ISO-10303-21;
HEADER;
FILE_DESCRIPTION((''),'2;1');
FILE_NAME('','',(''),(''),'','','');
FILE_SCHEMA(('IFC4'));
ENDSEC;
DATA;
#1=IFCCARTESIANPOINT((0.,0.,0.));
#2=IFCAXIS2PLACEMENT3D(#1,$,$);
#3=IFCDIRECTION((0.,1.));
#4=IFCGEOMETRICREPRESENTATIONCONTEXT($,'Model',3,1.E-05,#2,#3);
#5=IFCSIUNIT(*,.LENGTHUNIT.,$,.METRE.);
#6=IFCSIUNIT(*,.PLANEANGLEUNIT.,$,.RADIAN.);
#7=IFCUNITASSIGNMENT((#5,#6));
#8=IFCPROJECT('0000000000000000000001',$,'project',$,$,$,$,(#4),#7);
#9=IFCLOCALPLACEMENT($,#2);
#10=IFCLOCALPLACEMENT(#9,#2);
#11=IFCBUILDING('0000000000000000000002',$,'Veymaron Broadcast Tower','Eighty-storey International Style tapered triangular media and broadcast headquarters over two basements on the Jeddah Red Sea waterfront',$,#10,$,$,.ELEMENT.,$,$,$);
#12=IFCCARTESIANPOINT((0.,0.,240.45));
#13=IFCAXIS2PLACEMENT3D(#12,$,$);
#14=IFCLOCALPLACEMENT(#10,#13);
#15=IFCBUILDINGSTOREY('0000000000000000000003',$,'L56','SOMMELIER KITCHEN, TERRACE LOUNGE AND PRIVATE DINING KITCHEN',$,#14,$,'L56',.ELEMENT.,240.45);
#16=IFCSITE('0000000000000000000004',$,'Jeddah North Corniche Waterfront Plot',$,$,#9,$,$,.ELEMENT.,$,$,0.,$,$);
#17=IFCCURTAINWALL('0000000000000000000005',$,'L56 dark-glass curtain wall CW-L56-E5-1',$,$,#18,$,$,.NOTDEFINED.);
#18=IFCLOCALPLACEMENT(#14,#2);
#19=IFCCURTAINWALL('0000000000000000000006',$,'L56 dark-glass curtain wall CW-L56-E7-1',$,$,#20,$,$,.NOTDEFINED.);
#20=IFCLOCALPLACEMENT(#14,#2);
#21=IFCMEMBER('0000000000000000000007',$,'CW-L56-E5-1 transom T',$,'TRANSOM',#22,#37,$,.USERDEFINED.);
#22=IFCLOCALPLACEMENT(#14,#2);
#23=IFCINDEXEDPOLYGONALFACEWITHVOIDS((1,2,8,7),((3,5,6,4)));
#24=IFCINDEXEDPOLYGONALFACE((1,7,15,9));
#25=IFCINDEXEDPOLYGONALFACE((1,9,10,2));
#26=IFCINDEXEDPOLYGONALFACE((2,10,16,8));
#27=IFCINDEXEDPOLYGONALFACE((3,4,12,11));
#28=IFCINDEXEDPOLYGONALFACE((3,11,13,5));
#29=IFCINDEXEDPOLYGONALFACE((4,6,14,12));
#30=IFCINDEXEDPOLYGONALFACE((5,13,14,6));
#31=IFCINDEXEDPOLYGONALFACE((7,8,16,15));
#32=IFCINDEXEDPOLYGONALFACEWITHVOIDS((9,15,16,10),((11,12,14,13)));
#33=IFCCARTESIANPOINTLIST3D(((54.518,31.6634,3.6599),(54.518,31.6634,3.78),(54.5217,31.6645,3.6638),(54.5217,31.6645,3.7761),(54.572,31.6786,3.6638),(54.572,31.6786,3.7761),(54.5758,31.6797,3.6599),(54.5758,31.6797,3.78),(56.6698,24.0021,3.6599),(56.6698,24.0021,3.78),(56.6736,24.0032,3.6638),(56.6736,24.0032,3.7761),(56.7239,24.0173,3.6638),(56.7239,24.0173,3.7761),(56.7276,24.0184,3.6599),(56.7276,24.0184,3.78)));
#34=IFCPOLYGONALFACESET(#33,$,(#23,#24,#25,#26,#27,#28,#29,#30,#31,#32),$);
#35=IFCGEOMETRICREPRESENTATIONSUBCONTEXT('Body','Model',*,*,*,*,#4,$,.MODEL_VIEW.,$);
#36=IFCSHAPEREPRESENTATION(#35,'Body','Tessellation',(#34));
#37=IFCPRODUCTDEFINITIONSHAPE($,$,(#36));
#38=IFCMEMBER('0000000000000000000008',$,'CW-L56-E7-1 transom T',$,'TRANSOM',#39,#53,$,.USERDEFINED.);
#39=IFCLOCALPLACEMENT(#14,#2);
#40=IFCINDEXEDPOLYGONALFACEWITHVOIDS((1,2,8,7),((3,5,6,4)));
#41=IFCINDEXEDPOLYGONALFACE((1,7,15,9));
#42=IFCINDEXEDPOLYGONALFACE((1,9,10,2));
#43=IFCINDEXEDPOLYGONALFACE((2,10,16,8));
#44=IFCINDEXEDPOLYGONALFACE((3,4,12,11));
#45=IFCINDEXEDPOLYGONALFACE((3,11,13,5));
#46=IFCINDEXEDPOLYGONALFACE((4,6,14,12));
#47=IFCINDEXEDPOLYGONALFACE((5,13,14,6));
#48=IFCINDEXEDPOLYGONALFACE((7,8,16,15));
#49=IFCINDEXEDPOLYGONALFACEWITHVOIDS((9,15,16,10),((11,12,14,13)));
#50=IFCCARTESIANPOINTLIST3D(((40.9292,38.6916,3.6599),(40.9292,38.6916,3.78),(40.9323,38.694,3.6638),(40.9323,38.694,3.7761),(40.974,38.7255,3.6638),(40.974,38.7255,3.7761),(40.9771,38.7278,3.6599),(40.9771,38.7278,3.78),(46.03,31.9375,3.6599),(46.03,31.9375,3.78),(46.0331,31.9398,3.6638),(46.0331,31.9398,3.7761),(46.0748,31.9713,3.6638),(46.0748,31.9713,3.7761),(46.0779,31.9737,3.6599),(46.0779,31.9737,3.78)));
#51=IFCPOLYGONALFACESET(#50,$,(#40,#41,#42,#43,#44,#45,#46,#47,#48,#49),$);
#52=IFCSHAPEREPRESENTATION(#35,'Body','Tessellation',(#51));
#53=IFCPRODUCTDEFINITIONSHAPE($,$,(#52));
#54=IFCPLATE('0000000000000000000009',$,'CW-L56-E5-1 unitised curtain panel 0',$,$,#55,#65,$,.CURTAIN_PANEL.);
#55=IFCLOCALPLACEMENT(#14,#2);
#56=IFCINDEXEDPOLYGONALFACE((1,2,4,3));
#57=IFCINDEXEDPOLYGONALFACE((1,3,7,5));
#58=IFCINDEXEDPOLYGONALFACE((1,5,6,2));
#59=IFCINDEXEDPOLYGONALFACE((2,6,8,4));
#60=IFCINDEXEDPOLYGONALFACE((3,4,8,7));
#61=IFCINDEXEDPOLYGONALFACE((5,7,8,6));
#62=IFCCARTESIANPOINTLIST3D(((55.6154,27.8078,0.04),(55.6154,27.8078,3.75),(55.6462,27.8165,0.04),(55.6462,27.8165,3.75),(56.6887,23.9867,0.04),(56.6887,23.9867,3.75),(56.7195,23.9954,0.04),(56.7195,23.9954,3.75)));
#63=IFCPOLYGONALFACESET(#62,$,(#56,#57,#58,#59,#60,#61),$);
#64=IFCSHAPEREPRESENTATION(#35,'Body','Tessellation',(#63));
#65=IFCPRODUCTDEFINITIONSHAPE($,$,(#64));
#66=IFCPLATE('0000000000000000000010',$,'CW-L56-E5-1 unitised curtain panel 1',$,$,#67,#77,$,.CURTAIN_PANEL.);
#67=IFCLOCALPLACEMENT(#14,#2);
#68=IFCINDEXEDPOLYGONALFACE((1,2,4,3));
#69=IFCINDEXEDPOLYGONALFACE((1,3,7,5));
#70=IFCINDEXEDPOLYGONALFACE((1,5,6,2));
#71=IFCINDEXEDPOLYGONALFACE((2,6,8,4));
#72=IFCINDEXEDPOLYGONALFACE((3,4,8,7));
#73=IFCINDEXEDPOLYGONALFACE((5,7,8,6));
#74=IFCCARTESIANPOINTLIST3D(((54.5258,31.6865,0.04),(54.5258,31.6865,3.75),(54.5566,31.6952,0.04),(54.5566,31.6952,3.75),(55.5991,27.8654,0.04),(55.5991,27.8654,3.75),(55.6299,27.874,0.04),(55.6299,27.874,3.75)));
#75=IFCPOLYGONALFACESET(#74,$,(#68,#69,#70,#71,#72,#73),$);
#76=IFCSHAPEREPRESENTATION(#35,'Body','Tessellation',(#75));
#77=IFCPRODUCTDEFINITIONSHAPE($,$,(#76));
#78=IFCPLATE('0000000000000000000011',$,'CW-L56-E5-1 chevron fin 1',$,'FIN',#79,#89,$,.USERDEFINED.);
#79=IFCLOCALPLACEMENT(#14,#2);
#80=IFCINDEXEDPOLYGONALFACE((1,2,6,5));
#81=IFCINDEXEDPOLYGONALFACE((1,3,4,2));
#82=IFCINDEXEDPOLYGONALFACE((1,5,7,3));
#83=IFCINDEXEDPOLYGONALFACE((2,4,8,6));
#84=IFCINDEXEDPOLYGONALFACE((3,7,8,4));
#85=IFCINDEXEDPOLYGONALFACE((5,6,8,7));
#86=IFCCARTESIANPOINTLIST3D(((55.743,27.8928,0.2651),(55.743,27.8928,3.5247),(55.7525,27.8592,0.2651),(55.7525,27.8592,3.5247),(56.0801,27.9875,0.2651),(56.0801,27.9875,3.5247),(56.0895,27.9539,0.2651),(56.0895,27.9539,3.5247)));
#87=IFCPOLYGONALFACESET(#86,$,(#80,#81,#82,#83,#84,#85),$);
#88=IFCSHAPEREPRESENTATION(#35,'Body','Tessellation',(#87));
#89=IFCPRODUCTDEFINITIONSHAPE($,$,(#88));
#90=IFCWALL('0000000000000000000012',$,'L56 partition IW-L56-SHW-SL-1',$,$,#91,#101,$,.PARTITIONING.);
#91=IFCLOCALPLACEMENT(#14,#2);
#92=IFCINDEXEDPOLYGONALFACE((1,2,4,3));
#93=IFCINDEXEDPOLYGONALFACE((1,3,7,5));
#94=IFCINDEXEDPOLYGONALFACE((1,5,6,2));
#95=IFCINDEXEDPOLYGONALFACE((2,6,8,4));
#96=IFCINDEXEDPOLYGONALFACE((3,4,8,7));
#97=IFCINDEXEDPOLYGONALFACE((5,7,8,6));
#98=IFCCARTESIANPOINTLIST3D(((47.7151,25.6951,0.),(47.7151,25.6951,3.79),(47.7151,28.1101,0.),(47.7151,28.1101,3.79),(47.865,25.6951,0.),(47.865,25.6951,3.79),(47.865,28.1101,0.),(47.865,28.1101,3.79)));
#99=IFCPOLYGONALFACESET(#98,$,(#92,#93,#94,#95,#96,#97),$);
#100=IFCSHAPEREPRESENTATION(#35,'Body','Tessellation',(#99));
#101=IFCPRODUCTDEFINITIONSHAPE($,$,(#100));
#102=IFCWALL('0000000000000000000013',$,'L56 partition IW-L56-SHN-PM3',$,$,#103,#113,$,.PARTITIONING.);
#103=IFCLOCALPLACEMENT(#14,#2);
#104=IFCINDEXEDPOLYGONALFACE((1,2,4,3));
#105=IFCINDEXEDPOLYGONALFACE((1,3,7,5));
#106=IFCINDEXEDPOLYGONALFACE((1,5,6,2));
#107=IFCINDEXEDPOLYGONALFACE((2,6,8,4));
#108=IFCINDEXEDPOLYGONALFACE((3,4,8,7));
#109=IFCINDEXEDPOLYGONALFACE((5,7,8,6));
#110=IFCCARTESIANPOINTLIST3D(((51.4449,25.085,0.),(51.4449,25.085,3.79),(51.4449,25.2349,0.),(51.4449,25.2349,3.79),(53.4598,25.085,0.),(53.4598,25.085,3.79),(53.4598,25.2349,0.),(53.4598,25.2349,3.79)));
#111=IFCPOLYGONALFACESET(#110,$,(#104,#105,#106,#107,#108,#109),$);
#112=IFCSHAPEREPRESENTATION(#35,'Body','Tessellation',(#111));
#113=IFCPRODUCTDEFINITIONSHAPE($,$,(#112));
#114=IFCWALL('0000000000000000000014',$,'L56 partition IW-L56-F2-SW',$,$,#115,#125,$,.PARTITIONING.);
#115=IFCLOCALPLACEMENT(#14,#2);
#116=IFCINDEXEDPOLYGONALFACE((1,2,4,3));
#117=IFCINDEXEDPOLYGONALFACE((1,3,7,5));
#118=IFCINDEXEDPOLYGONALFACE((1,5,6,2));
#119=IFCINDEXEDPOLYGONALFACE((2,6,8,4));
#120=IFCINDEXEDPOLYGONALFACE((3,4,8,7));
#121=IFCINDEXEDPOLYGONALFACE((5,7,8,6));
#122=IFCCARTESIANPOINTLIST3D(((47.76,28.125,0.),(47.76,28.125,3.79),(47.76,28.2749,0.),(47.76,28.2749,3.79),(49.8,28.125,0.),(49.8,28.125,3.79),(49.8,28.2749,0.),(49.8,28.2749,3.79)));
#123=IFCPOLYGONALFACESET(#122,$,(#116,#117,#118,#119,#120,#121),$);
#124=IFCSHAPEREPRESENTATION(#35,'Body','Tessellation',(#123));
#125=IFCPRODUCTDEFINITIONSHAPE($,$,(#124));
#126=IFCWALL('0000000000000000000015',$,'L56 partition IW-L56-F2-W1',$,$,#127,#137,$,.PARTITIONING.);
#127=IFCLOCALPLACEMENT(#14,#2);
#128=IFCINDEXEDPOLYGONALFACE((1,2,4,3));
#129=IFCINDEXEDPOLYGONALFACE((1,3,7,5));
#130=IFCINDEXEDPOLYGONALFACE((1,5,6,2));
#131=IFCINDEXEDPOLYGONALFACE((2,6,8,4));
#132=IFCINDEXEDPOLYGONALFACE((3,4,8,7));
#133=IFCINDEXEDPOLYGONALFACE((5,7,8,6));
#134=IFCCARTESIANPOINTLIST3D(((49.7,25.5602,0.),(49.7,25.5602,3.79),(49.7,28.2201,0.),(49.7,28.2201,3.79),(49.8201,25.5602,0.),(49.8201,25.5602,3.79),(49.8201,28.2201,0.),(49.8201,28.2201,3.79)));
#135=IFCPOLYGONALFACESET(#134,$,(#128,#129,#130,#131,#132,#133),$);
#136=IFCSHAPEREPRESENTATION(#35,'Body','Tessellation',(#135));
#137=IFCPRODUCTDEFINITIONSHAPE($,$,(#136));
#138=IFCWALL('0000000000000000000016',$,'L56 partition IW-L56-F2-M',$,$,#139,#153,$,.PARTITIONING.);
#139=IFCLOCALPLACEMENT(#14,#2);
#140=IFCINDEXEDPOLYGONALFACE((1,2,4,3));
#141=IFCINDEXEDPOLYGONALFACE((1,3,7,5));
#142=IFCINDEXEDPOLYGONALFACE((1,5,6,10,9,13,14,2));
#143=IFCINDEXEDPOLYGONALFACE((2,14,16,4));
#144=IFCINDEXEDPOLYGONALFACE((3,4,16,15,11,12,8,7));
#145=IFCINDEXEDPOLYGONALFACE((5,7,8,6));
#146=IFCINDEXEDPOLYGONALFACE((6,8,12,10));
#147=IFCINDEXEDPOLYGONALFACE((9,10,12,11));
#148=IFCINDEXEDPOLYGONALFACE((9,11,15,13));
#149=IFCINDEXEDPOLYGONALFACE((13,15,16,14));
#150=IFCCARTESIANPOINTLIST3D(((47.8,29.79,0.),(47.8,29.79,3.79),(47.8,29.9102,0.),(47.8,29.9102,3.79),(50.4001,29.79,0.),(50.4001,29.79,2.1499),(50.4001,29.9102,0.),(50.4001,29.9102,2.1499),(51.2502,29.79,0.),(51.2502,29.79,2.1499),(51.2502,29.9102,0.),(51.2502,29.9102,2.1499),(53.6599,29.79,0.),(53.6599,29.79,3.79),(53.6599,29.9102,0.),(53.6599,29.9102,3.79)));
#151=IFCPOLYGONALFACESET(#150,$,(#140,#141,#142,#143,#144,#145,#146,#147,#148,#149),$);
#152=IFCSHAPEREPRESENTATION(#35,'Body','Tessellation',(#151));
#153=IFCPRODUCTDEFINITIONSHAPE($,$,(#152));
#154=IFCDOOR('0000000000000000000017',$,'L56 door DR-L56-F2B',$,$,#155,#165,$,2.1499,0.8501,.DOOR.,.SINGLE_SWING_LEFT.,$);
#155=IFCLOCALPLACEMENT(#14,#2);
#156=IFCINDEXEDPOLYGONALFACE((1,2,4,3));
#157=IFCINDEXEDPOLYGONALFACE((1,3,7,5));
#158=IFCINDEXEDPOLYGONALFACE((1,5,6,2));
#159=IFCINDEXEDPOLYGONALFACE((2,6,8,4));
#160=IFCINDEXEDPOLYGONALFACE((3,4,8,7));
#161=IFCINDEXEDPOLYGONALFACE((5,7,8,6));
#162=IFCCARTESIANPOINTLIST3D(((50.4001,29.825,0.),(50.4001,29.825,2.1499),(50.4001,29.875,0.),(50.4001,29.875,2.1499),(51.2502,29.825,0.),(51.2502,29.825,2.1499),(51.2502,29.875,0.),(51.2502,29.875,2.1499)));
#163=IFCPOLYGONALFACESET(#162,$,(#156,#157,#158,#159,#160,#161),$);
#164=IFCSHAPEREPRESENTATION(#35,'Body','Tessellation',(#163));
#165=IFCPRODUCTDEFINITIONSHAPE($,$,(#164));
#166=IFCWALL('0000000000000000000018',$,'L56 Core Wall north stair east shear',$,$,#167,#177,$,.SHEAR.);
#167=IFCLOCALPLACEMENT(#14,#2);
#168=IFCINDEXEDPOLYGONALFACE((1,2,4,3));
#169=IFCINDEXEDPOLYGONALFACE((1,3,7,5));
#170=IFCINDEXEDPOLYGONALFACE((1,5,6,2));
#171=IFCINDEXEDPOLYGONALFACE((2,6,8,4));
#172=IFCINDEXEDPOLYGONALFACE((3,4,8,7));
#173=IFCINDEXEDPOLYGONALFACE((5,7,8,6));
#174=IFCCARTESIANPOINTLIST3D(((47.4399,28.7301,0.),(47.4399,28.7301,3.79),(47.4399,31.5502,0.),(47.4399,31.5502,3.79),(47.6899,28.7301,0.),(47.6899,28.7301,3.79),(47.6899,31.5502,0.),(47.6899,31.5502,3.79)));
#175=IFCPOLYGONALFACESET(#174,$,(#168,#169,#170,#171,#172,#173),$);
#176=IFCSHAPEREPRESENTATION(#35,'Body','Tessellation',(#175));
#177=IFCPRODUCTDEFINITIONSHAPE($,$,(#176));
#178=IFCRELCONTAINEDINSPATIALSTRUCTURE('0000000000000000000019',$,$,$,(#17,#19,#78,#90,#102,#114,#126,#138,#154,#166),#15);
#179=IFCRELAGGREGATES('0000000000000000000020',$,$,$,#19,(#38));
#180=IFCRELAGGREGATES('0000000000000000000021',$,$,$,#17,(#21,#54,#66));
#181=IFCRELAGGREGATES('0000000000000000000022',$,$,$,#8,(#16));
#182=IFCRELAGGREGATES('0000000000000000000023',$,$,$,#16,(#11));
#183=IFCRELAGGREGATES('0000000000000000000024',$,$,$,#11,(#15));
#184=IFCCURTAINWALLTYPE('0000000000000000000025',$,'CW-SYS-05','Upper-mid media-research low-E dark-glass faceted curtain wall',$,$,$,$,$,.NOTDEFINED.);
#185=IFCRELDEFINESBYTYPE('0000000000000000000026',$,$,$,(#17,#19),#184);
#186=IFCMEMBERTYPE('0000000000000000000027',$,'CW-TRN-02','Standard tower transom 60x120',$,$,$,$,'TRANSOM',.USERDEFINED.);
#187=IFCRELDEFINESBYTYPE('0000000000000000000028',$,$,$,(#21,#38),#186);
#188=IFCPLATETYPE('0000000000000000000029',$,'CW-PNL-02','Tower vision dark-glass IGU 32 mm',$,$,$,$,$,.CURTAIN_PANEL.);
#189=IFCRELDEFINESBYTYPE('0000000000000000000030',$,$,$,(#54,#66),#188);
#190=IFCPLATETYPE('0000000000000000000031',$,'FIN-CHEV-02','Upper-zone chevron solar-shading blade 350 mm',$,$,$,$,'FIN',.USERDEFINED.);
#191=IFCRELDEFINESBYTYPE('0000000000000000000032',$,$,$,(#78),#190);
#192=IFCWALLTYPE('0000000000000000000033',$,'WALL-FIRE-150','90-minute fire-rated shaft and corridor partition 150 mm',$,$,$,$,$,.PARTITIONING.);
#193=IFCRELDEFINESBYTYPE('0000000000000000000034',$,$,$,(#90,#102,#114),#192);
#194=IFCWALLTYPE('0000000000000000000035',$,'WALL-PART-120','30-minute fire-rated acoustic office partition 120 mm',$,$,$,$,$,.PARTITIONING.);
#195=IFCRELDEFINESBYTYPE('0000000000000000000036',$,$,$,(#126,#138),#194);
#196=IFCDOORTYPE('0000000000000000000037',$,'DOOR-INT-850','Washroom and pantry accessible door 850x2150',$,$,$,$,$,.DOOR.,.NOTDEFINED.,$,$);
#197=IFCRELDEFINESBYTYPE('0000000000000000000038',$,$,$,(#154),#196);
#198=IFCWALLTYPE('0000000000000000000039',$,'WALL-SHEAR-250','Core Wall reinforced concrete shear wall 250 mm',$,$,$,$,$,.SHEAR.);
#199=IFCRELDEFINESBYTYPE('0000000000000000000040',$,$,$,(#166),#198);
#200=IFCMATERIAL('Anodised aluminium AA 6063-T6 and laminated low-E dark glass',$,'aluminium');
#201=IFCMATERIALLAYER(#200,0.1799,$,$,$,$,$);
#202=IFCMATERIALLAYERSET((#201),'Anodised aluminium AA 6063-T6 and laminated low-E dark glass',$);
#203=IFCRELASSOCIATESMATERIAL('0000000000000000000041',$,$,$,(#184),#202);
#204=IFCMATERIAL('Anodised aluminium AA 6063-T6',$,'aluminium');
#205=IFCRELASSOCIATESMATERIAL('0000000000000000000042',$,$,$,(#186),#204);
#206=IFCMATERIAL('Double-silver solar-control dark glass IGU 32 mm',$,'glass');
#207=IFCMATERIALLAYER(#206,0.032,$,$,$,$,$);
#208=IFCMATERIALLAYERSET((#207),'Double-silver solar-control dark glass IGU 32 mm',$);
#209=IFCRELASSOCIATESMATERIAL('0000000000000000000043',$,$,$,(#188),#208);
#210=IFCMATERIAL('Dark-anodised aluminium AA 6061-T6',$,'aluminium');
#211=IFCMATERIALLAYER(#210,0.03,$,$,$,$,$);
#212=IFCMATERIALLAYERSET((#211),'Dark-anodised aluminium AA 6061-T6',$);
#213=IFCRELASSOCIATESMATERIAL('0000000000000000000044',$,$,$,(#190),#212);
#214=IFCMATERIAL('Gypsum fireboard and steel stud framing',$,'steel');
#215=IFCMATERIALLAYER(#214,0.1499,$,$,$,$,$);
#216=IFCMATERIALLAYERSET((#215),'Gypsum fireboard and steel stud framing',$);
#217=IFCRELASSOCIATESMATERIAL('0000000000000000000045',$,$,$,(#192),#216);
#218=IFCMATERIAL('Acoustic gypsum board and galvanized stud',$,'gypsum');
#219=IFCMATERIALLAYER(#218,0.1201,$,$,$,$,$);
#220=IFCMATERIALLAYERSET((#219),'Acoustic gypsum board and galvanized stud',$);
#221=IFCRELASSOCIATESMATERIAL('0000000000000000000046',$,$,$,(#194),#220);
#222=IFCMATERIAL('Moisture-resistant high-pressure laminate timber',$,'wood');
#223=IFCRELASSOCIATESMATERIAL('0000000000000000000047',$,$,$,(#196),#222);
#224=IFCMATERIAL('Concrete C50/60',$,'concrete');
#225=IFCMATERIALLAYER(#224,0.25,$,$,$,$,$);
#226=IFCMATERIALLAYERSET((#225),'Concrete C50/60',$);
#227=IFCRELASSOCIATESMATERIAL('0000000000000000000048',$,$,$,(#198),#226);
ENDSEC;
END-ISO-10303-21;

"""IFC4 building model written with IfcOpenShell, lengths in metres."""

from ifc_helpers import new_model, si_unit, direction, frame, frame_2d, origin, origin_2d, place, context, subcontext, project, spatial, rectangle, hollow_rectangle, extrude, material, layer, layer_set, material_profile, profile_set, type_object, element, fill, aggregate, save


model = new_model("IFC4")

# Units and contexts
model_context = context("Model", 3, precision=1e-05, world=origin(), true_north=direction((0.0, 1.0)))
body_context = subcontext(model_context, "Body", "Model", "MODEL_VIEW")
ifc_project = project(units=[si_unit("LENGTHUNIT", "METRE"), si_unit("PLANEANGLEUNIT", "RADIAN")], contexts=[model_context])

# Site, building, storey
site_placement = place(None, origin())
site = spatial("IfcSite", under=ifc_project, at=site_placement, Name="Jeddah North Corniche Waterfront Plot", CompositionType="ELEMENT", RefElevation=0.0)
building_placement = place(site_placement, origin())
building = spatial("IfcBuilding", under=site, at=building_placement, Name="Veymaron Broadcast Tower", Description="Eighty-storey International Style tapered triangular media and broadcast headquarters over two basements on the Jeddah Red Sea waterfront", CompositionType="ELEMENT")
storey_placement = place(building_placement, frame((0.0, 0.0, 240.45)))
storey = spatial("IfcBuildingStorey", under=building, at=storey_placement, Name="L56", Description="SOMMELIER KITCHEN, TERRACE LOUNGE AND PRIVATE DINING KITCHEN", LongName="L56", CompositionType="ELEMENT", Elevation=240.45)

# Shared definitions
ifc_material_1 = material(Name="Anodised aluminium AA 6063-T6 and laminated low-E dark glass", Category="aluminium")
ifc_layer_1 = layer(ifc_material_1, 0.1799)
ifc_layer_set_1 = layer_set([ifc_layer_1], Name="Anodised aluminium AA 6063-T6 and laminated low-E dark glass")
curtain_wall_type = type_object("IfcCurtainWallType", Name="CW-SYS-05", Description="Upper-mid media-research low-E dark-glass faceted curtain wall", PredefinedType="NOTDEFINED", material=ifc_layer_set_1)
ifc_material_2 = material(Name="Anodised aluminium AA 6063-T6", Category="aluminium")

# Curtain wall
curtain_wall_1_placement = place(storey_placement, origin())
curtain_wall_1 = element("IfcCurtainWall", 1, at=curtain_wall_1_placement, inside=storey, type_object=curtain_wall_type, Name="L56 dark-glass curtain wall CW-L56-E5-1", PredefinedType="NOTDEFINED")

# Curtain wall
curtain_wall_2_placement = place(storey_placement, origin())
curtain_wall_2 = element("IfcCurtainWall", 2, at=curtain_wall_2_placement, inside=storey, type_object=curtain_wall_type, Name="L56 dark-glass curtain wall CW-L56-E7-1", PredefinedType="NOTDEFINED")

# Members
ifc_material_profile_1 = material_profile(ifc_material_2, hollow_rectangle(XDim=0.0601, YDim=0.1201, WallThickness=0.0039, at=origin_2d()), Name="AL120X60X4")
ifc_profile_set_1 = profile_set([ifc_material_profile_1], Name="Anodised aluminium AA 6063-T6")
member_type_1 = type_object("IfcMemberType", Name="CW-TRN-02", Description="Standard tower transom 60x120", ElementType="TRANSOM", PredefinedType="USERDEFINED", material=ifc_profile_set_1)
member_1_placement = place(storey_placement, frame((56.6987, 24.0103, 3.72), z_axis=(-0.270407, 0.962746, 0.0), x_axis=(-0.962746, -0.270407, 0.0)))
member_1 = element("IfcMember", 3, at=member_1_placement, type_object=member_type_1, Name="CW-L56-E5-1 transom T", ObjectType="TRANSOM", PredefinedType="USERDEFINED", context=body_context, shape_type="SweptSolid", body=[
    extrude(hollow_rectangle(XDim=0.0601, YDim=0.1201, WallThickness=0.0039, at=origin_2d()), origin(), (0.0, 0.0, 1.0), 7.9578),
])
member_2_placement = place(storey_placement, frame((46.054, 31.9556, 3.72), z_axis=(-0.60266, 0.797998, 0.0), x_axis=(-0.797998, -0.60266, 0.0)))
member_2 = element("IfcMember", 4, at=member_2_placement, type_object=member_type_1, Name="CW-L56-E7-1 transom T", ObjectType="TRANSOM", PredefinedType="USERDEFINED", context=body_context, shape_type="SweptSolid", body=[
    extrude(hollow_rectangle(XDim=0.0601, YDim=0.1201, WallThickness=0.0039, at=origin_2d()), origin(), (0.0, 0.0, 1.0), 8.4639),
])
aggregate(curtain_wall_2, [member_2])

# Plates
ifc_material_3 = material(Name="Double-silver solar-control dark glass IGU 32 mm", Category="glass")
ifc_layer_2 = layer(ifc_material_3, 0.032)
ifc_layer_set_2 = layer_set([ifc_layer_2], Name="Double-silver solar-control dark glass IGU 32 mm")
plate_type_1 = type_object("IfcPlateType", Name="CW-PNL-02", Description="Tower vision dark-glass IGU 32 mm", PredefinedType="CURTAIN_PANEL", material=ifc_layer_set_2)
plate_1_placement = place(storey_placement, frame((56.1675, 25.9016, 0.04), z_axis=(0.0, 0.0, 1.0), x_axis=(-0.270416, 0.962744, 0.0)))
plate_1 = element("IfcPlate", 5, at=plate_1_placement, type_object=plate_type_1, Name="CW-L56-E5-1 unitised curtain panel 0", PredefinedType="CURTAIN_PANEL", context=body_context, shape_type="SweptSolid", body=[
    extrude(rectangle(XDim=3.969, YDim=0.032, at=origin_2d()), origin(), (0.0, 0.0, 1.0), 3.71),
])
plate_2_placement = place(storey_placement, frame((55.0779, 29.7803, 0.04), z_axis=(0.0, 0.0, 1.0), x_axis=(-0.270416, 0.962744, 0.0)))
plate_2 = element("IfcPlate", 6, at=plate_2_placement, type_object=plate_type_1, Name="CW-L56-E5-1 unitised curtain panel 1", PredefinedType="CURTAIN_PANEL", context=body_context, shape_type="SweptSolid", body=[
    extrude(rectangle(XDim=3.969, YDim=0.032, at=origin_2d()), origin(), (0.0, 0.0, 1.0), 3.71),
])
aggregate(curtain_wall_1, [member_1, plate_1, plate_2])
ifc_material_4 = material(Name="Dark-anodised aluminium AA 6061-T6", Category="aluminium")
ifc_layer_3 = layer(ifc_material_4, 0.03)
ifc_layer_set_3 = layer_set([ifc_layer_3], Name="Dark-anodised aluminium AA 6061-T6")
plate_type_2 = type_object("IfcPlateType", Name="FIN-CHEV-02", Description="Upper-zone chevron solar-shading blade 350 mm", ElementType="FIN", PredefinedType="USERDEFINED", material=ifc_layer_set_3)
plate_3_placement = place(storey_placement, frame((55.9163, 27.9233, 0.2651), z_axis=(0.0, 0.0, 1.0), x_axis=(0.962744, 0.270416, 0.0)))
element("IfcPlate", 7, at=plate_3_placement, inside=storey, type_object=plate_type_2, Name="CW-L56-E5-1 chevron fin 1", ObjectType="FIN", PredefinedType="USERDEFINED", context=body_context, shape_type="SweptSolid", body=[
    extrude(rectangle(XDim=0.3501, YDim=0.0349, at=origin_2d()), origin(), (0.0, 0.0, 1.0), 3.2595),
])

# Shared definitions
ifc_material_5 = material(Name="Gypsum fireboard and steel stud framing", Category="steel")
ifc_layer_4 = layer(ifc_material_5, 0.1499)
ifc_layer_set_4 = layer_set([ifc_layer_4], Name="Gypsum fireboard and steel stud framing")
wall_type_1 = type_object("IfcWallType", Name="WALL-FIRE-150", Description="90-minute fire-rated shaft and corridor partition 150 mm", PredefinedType="PARTITIONING", material=ifc_layer_set_4)

# Walls
wall_1_placement = place(storey_placement, frame((47.79, 25.6951, 0.0), z_axis=(0.0, 0.0, 1.0), x_axis=(0.0, 1.0, 0.0)))
element("IfcWall", 8, at=wall_1_placement, inside=storey, type_object=wall_type_1, Name="L56 partition IW-L56-SHW-SL-1", PredefinedType="PARTITIONING", context=body_context, shape_type="SweptSolid", body=[
    extrude(rectangle(XDim=2.415, YDim=0.1499, at=frame_2d((1.2075, 0.0))), origin(), (0.0, 0.0, 1.0), 3.79),
])
wall_2_placement = place(storey_placement, frame((51.4451, 25.1599, 0.0), z_axis=(0.0, 0.0, 1.0), x_axis=(1.0, 0.0, 0.0)))
element("IfcWall", 9, at=wall_2_placement, inside=storey, type_object=wall_type_1, Name="L56 partition IW-L56-SHN-PM3", PredefinedType="PARTITIONING", context=body_context, shape_type="SweptSolid", body=[
    extrude(rectangle(XDim=2.0149, YDim=0.1499, at=frame_2d((1.0073, 0.0))), origin(), (0.0, 0.0, 1.0), 3.79),
])
wall_3_placement = place(storey_placement, frame((47.76, 28.2, 0.0), z_axis=(0.0, 0.0, 1.0), x_axis=(1.0, 0.0, 0.0)))
element("IfcWall", 10, at=wall_3_placement, inside=storey, type_object=wall_type_1, Name="L56 partition IW-L56-F2-SW", PredefinedType="PARTITIONING", context=body_context, shape_type="SweptSolid", body=[
    extrude(rectangle(XDim=2.04, YDim=0.1499, at=frame_2d((1.02, 0.0))), origin(), (0.0, 0.0, 1.0), 3.79),
])
ifc_material_6 = material(Name="Acoustic gypsum board and galvanized stud", Category="gypsum")
ifc_layer_5 = layer(ifc_material_6, 0.1201)
ifc_layer_set_5 = layer_set([ifc_layer_5], Name="Acoustic gypsum board and galvanized stud")
wall_type_2 = type_object("IfcWallType", Name="WALL-PART-120", Description="30-minute fire-rated acoustic office partition 120 mm", PredefinedType="PARTITIONING", material=ifc_layer_set_5)
wall_4_placement = place(storey_placement, frame((49.76, 25.5601, 0.0), z_axis=(0.0, 0.0, 1.0), x_axis=(0.0, 1.0, 0.0)))
element("IfcWall", 11, at=wall_4_placement, inside=storey, type_object=wall_type_2, Name="L56 partition IW-L56-F2-W1", PredefinedType="PARTITIONING", context=body_context, shape_type="SweptSolid", body=[
    extrude(rectangle(XDim=2.6599, YDim=0.1201, at=frame_2d((1.3301, 0.0))), origin(), (0.0, 0.0, 1.0), 3.79),
])

# Wall, opening, door
ifc_material_7 = material(Name="Moisture-resistant high-pressure laminate timber", Category="wood")
door_type_1 = type_object("IfcDoorType", Name="DOOR-INT-850", Description="Washroom and pantry accessible door 850x2150", OperationType="NOTDEFINED", PredefinedType="DOOR", material=ifc_material_7)
wall_5_placement = place(storey_placement, frame((47.8, 29.8501, 0.0), z_axis=(0.0, 0.0, 1.0), x_axis=(1.0, 0.0, 0.0)))
wall_5 = element("IfcWall", 12, at=wall_5_placement, inside=storey, type_object=wall_type_2, Name="L56 partition IW-L56-F2-M", PredefinedType="PARTITIONING", context=body_context, shape_type="SweptSolid", body=[
    extrude(rectangle(XDim=5.8599, YDim=0.1201, at=frame_2d((2.9299, 0.0))), origin(), (0.0, 0.0, 1.0), 3.79),
])
opening_1_placement = place(wall_5_placement, frame((2.6001, 0.0, 0.0)))
opening_1 = element("IfcOpeningElement", 13, at=opening_1_placement, cuts=wall_5, PredefinedType="OPENING", context=body_context, shape_type="SweptSolid", body=[
    extrude(rectangle(XDim=0.8501, YDim=2.1499, at=frame_2d((0.425, 1.075))), frame((0.0, 0.0701, 0.0), z_axis=(0.0, -1.0, 0.0), x_axis=(1.0, 0.0, 0.0)), (0.0, 0.0, 1.0), 0.1401),
])
door_1_placement = place(opening_1_placement, origin())
door_1 = element("IfcDoor", 14, at=door_1_placement, inside=storey, type_object=door_type_1, Name="L56 door DR-L56-F2B", OperationType="SINGLE_SWING_LEFT", OverallHeight=2.1499, OverallWidth=0.8501, PredefinedType="DOOR", context=body_context, shape_type="SweptSolid", body=[
    extrude(rectangle(XDim=0.8501, YDim=2.1499, at=frame_2d((0.425, 1.075))), frame((0.0, 0.0249, 0.0), z_axis=(0.0, -1.0, 0.0), x_axis=(1.0, 0.0, 0.0)), (0.0, 0.0, 1.0), 0.05),
])
fill(opening_1, door_1)

# Wall
ifc_material_8 = material(Name="Concrete C50/60", Category="concrete")
ifc_layer_6 = layer(ifc_material_8, 0.25)
ifc_layer_set_6 = layer_set([ifc_layer_6], Name="Concrete C50/60")
wall_type_3 = type_object("IfcWallType", Name="WALL-SHEAR-250", Description="Core Wall reinforced concrete shear wall 250 mm", PredefinedType="SHEAR", material=ifc_layer_set_6)
wall_6_placement = place(storey_placement, frame((47.5649, 28.73, 0.0), z_axis=(0.0, 0.0, 1.0), x_axis=(0.0, 1.0, 0.0)))
element("IfcWall", 15, at=wall_6_placement, inside=storey, type_object=wall_type_3, Name="L56 Core Wall north stair east shear", PredefinedType="SHEAR", context=body_context, shape_type="SweptSolid", body=[
    extrude(rectangle(XDim=2.8201, YDim=0.25, at=frame_2d((1.4102, 0.0))), origin(), (0.0, 0.0, 1.0), 3.79),
])

save(model, "model.ifc")
